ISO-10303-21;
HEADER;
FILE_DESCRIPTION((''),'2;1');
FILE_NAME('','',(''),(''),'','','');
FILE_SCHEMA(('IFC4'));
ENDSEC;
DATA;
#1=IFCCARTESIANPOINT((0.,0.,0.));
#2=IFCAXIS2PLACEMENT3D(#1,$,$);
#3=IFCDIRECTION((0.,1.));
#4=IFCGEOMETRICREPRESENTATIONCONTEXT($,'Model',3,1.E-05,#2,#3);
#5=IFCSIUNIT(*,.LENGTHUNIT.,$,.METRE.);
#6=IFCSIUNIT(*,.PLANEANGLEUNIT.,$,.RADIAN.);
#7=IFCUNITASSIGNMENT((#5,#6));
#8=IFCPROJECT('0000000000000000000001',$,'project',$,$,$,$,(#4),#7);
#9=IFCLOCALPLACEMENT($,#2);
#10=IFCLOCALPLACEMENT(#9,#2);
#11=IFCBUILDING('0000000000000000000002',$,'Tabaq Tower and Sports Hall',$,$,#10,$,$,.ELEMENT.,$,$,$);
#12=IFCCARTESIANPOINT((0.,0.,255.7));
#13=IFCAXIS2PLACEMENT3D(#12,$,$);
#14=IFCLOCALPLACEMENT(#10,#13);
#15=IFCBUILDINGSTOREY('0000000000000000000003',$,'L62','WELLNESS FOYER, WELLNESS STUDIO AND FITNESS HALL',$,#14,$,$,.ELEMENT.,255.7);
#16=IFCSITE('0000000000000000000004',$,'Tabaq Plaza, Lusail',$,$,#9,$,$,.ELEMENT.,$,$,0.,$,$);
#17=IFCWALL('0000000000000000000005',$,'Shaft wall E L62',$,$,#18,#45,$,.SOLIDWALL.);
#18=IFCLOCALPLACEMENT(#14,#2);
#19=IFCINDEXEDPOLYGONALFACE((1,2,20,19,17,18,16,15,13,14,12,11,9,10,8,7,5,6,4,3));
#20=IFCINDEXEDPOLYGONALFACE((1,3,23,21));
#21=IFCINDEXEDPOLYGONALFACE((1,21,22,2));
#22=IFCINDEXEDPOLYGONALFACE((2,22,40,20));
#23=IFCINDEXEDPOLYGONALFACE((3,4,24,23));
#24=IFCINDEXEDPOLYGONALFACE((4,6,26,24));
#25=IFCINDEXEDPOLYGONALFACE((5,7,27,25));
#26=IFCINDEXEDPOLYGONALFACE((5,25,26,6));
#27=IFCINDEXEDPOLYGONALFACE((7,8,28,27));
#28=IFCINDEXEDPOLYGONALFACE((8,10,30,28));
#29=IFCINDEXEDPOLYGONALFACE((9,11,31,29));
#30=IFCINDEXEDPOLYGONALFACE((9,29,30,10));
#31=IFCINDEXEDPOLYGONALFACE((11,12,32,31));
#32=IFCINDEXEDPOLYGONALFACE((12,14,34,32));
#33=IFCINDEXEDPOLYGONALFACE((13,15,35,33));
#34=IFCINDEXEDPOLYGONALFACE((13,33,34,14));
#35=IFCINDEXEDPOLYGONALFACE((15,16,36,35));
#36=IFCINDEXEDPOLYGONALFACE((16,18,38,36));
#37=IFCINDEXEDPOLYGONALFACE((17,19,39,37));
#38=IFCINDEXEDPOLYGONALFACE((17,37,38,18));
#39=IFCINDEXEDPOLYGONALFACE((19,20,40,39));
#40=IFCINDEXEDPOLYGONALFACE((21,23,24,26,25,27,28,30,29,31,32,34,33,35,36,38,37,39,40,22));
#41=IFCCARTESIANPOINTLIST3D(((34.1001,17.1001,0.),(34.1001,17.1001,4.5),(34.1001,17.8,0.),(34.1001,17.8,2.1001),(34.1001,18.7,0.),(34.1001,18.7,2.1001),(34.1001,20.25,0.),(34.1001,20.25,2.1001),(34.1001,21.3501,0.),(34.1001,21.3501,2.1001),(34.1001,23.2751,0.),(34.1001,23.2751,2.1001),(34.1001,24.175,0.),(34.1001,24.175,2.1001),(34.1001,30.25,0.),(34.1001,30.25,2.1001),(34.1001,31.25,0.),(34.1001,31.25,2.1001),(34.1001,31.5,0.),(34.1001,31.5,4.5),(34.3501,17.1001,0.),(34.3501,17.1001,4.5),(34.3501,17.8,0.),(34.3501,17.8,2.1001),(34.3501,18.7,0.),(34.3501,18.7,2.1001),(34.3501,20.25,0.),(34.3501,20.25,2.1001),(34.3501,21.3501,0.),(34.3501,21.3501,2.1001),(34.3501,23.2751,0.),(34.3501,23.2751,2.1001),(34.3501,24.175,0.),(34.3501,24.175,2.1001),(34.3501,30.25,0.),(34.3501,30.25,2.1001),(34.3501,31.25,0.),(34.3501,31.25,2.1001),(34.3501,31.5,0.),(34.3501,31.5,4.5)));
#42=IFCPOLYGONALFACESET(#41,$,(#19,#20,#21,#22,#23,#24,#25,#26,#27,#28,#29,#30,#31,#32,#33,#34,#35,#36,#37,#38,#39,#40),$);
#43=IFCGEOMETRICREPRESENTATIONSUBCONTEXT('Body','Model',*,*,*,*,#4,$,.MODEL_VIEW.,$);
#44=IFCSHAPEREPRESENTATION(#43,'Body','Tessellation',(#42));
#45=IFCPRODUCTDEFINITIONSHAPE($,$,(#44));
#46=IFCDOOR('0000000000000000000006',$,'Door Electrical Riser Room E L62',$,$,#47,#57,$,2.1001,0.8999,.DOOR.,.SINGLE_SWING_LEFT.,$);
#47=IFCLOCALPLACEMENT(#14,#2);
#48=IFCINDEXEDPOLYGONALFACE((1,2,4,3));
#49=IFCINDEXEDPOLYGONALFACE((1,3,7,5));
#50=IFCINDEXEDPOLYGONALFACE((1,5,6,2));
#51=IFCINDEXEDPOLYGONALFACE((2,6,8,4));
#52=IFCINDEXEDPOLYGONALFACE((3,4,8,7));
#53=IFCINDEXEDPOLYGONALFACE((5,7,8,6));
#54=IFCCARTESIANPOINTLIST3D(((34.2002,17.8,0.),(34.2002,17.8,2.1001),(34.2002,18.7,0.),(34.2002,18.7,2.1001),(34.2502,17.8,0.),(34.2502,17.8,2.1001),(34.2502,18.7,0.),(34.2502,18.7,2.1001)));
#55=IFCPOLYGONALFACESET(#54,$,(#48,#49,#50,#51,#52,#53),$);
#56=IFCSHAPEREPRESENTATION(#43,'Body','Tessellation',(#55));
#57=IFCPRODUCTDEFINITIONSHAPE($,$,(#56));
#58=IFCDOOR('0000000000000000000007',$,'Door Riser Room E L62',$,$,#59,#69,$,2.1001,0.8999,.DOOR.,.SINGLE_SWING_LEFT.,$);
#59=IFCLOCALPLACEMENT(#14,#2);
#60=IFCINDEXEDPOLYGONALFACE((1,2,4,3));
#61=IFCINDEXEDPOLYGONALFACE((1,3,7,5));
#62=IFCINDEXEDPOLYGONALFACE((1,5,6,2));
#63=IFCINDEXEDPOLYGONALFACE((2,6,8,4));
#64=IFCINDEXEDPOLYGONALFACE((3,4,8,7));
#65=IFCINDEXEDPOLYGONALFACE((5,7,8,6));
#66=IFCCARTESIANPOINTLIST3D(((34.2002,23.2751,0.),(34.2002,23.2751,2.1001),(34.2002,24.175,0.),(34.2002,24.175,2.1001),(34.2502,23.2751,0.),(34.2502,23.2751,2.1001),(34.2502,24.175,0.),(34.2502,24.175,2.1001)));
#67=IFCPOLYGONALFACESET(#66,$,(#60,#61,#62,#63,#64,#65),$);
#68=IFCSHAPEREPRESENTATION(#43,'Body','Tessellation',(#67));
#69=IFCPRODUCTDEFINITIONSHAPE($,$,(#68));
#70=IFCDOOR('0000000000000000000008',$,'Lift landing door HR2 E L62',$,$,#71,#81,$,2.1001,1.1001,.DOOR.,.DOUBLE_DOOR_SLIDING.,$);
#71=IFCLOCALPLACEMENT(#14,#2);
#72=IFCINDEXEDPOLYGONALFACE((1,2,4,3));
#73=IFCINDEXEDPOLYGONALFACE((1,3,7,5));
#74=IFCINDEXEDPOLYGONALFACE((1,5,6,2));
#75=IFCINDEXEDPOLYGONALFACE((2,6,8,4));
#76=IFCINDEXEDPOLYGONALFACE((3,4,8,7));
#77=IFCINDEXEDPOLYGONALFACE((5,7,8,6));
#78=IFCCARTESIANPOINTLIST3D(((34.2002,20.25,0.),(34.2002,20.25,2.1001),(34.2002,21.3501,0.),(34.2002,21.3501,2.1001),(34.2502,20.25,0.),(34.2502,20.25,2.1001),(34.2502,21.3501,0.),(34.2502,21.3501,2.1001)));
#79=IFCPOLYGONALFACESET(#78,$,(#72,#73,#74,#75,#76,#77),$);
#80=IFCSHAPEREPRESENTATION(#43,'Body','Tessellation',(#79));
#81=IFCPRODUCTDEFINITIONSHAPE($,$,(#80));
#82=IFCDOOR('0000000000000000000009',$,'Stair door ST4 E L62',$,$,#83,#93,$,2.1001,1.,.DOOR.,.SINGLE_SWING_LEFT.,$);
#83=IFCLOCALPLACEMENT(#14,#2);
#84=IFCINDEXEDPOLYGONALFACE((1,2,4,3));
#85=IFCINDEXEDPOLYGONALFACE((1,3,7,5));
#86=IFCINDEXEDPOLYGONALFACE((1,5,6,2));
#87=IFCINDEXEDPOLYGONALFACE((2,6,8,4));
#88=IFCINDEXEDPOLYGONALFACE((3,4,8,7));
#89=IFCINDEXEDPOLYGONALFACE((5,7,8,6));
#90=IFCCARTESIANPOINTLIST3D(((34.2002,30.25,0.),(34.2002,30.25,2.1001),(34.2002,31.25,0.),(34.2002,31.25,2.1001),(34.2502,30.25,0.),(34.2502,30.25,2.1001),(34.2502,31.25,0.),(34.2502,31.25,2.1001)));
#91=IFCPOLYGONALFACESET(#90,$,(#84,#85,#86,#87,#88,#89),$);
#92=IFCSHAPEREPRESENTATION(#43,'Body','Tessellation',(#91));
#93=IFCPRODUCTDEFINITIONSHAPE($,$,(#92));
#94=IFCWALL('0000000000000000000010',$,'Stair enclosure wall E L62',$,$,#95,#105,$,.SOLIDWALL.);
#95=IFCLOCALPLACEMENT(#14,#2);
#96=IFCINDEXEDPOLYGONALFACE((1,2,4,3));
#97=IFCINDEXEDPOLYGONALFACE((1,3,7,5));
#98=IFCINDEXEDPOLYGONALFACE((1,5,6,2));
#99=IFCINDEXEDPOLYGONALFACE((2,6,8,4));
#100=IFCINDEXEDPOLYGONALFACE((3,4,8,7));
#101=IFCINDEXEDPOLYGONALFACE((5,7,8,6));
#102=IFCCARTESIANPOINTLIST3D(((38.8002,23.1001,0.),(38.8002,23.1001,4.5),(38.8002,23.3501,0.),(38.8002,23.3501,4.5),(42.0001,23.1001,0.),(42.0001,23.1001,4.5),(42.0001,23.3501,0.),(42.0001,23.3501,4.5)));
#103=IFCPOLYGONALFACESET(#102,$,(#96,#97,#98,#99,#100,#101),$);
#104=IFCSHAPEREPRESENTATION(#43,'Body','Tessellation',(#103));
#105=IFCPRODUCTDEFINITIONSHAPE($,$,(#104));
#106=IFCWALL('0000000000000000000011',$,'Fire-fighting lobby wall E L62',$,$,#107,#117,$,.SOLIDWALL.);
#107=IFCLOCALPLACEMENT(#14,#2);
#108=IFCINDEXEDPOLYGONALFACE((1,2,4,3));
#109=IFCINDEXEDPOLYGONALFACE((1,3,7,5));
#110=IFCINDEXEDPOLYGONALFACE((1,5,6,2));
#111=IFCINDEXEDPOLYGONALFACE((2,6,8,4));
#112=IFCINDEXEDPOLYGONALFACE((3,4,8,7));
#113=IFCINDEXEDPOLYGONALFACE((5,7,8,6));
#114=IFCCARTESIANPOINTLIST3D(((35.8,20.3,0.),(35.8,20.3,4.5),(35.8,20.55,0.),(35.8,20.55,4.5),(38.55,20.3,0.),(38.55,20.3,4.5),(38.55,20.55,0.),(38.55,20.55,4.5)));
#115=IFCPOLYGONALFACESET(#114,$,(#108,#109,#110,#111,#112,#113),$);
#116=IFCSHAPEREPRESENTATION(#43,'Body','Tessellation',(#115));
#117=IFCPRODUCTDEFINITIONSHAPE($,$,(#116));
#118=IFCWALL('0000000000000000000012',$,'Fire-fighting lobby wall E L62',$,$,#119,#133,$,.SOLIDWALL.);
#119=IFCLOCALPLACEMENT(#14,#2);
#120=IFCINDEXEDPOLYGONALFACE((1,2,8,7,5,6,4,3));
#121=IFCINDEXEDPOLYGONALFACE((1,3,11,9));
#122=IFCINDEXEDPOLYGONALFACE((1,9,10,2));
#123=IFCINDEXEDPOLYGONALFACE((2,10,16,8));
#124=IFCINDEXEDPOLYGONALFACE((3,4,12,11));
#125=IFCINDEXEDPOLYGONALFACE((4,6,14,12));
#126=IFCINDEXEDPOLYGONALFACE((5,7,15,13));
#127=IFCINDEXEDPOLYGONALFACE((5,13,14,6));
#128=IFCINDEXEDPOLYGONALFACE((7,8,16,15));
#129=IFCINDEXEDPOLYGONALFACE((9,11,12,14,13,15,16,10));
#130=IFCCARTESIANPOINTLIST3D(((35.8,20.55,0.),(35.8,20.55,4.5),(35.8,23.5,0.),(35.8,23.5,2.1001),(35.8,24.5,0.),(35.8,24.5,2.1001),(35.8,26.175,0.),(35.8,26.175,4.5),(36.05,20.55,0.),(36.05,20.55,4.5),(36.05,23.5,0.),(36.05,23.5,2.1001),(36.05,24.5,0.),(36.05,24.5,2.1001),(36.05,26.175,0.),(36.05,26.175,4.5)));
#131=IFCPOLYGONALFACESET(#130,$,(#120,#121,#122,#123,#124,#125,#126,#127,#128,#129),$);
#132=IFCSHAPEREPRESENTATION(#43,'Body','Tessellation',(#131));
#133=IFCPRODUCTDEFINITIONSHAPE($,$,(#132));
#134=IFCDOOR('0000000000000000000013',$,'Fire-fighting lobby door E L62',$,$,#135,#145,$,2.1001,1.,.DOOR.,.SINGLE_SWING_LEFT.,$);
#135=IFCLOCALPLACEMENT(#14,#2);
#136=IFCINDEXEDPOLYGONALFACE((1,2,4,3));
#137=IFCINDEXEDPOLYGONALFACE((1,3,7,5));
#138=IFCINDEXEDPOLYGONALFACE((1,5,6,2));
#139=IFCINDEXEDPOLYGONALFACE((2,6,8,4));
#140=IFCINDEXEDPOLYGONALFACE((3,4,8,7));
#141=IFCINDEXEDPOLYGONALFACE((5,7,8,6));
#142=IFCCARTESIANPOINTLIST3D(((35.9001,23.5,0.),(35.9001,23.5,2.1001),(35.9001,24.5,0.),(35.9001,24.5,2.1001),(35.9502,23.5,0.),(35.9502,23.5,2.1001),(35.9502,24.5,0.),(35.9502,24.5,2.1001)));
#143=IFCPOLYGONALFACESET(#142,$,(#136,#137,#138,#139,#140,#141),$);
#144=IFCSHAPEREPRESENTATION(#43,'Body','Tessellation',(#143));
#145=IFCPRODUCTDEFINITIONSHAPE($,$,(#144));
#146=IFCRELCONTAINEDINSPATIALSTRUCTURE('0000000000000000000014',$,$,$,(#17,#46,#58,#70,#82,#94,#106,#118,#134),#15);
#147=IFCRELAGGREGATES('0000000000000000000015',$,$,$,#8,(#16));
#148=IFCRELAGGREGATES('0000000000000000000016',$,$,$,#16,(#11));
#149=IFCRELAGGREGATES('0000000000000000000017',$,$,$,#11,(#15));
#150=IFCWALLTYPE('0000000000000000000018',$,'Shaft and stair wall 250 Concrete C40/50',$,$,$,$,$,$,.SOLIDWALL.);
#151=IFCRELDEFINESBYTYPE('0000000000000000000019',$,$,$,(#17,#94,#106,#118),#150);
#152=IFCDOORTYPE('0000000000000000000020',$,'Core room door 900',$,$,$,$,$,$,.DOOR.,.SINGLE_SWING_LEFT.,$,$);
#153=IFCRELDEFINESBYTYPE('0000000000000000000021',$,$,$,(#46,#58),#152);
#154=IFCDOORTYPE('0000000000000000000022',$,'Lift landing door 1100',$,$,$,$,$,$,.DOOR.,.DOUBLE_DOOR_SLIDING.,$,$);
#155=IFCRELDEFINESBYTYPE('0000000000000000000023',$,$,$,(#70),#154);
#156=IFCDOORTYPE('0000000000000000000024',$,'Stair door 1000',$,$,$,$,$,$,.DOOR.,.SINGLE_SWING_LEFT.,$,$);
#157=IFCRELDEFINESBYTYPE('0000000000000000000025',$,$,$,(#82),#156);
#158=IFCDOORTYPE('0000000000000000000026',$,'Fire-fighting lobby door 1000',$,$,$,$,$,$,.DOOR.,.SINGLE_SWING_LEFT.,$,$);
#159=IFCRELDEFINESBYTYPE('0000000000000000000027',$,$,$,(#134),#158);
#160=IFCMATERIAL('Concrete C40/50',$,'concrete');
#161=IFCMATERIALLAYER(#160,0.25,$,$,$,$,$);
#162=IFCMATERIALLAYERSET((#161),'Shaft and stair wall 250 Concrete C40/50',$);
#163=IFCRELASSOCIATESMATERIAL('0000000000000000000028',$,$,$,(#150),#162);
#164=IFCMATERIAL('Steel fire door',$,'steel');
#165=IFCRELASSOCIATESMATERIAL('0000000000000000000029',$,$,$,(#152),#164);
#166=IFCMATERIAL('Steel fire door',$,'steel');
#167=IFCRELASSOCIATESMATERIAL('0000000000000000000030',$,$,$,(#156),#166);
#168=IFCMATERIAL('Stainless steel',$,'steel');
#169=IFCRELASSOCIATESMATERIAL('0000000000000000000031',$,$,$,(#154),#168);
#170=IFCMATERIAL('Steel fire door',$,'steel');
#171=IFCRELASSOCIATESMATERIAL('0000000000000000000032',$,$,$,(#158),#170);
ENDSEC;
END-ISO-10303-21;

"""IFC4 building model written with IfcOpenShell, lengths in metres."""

from ifc_helpers import new_model, si_unit, direction, frame, frame_2d, origin, place, context, subcontext, project, spatial, rectangle, extrude, material, layer, layer_set, type_object, element, fill, save


model = new_model("IFC4")

# Units and contexts
model_context = context("Model", 3, precision=1e-05, world=origin(), true_north=direction((0.0, 1.0)))
body_context = subcontext(model_context, "Body", "Model", "MODEL_VIEW")
ifc_project = project(units=[si_unit("LENGTHUNIT", "METRE"), si_unit("PLANEANGLEUNIT", "RADIAN")], contexts=[model_context])

# Site, building, storey
site_placement = place(None, origin())
site = spatial("IfcSite", under=ifc_project, at=site_placement, Name="Tabaq Plaza, Lusail", CompositionType="ELEMENT", RefElevation=0.0)
building_placement = place(site_placement, origin())
building = spatial("IfcBuilding", under=site, at=building_placement, Name="Tabaq Tower and Sports Hall", CompositionType="ELEMENT")
storey_placement = place(building_placement, frame((0.0, 0.0, 255.7)))
storey = spatial("IfcBuildingStorey", under=building, at=storey_placement, Name="L62", Description="WELLNESS FOYER, WELLNESS STUDIO AND FITNESS HALL", CompositionType="ELEMENT", Elevation=255.7)

# Wall, openings, doors
ifc_material_1 = material(Name="Concrete C40/50", Category="concrete")
ifc_layer_1 = layer(ifc_material_1, 0.25)
ifc_layer_set_1 = layer_set([ifc_layer_1], Name="Shaft and stair wall 250 Concrete C40/50")
wall_type_1 = type_object("IfcWallType", Name="Shaft and stair wall 250 Concrete C40/50", PredefinedType="SOLIDWALL", material=ifc_layer_set_1)
ifc_material_2 = material(Name="Steel fire door", Category="steel")
door_type_1 = type_object("IfcDoorType", Name="Core room door 900", OperationType="SINGLE_SWING_LEFT", PredefinedType="DOOR", material=ifc_material_2)
ifc_material_3 = material(Name="Steel fire door", Category="steel")
door_type_2 = type_object("IfcDoorType", Name="Stair door 1000", OperationType="SINGLE_SWING_LEFT", PredefinedType="DOOR", material=ifc_material_3)
wall_1_placement = place(storey_placement, frame((34.2251, 17.1001, 0.0), z_axis=(0.0, 0.0, 1.0), x_axis=(0.0, 1.0, 0.0)))
wall_1 = element("IfcWall", 1, at=wall_1_placement, inside=storey, type_object=wall_type_1, Name="Shaft wall E L62", PredefinedType="SOLIDWALL", context=body_context, shape_type="SweptSolid", body=[
    extrude(rectangle(XDim=14.3999, YDim=0.25, at=frame_2d((7.2, 0.0))), origin(), (0.0, 0.0, 1.0), 4.5),
])
opening_1_placement = place(wall_1_placement, frame((13.1499, 0.0, 0.0)))
opening_1 = element("IfcOpeningElement", 2, at=opening_1_placement, cuts=wall_1, PredefinedType="OPENING", context=body_context, shape_type="SweptSolid", body=[
    extrude(rectangle(XDim=1.0, YDim=2.1001, at=frame_2d((0.5, 1.05))), frame((0.0, 0.125, 0.0), z_axis=(0.0, -1.0, 0.0), x_axis=(1.0, 0.0, 0.0)), (0.0, 0.0, 1.0), 0.25),
])
opening_2_placement = place(wall_1_placement, frame((3.1499, 0.0, 0.0)))
opening_2 = element("IfcOpeningElement", 3, at=opening_2_placement, cuts=wall_1, PredefinedType="OPENING", context=body_context, shape_type="SweptSolid", body=[
    extrude(rectangle(XDim=1.1001, YDim=2.1001, at=frame_2d((0.55, 1.05))), frame((0.0, 0.125, 0.0), z_axis=(0.0, -1.0, 0.0), x_axis=(1.0, 0.0, 0.0)), (0.0, 0.0, 1.0), 0.25),
])
opening_3_placement = place(wall_1_placement, frame((0.7, 0.0, 0.0)))
opening_3 = element("IfcOpeningElement", 4, at=opening_3_placement, cuts=wall_1, PredefinedType="OPENING", context=body_context, shape_type="SweptSolid", body=[
    extrude(rectangle(XDim=0.8999, YDim=2.1001, at=frame_2d((0.45, 1.05))), frame((0.0, 0.125, 0.0), z_axis=(0.0, -1.0, 0.0), x_axis=(1.0, 0.0, 0.0)), (0.0, 0.0, 1.0), 0.25),
])
opening_4_placement = place(wall_1_placement, frame((6.175, 0.0, 0.0)))
opening_4 = element("IfcOpeningElement", 5, at=opening_4_placement, cuts=wall_1, PredefinedType="OPENING", context=body_context, shape_type="SweptSolid", body=[
    extrude(rectangle(XDim=0.8999, YDim=2.1001, at=frame_2d((0.45, 1.05))), frame((0.0, 0.125, 0.0), z_axis=(0.0, -1.0, 0.0), x_axis=(1.0, 0.0, 0.0)), (0.0, 0.0, 1.0), 0.25),
])
door_1_placement = place(opening_3_placement, origin())
door_1 = element("IfcDoor", 6, at=door_1_placement, inside=storey, type_object=door_type_1, Name="Door Electrical Riser Room E L62", OperationType="SINGLE_SWING_LEFT", OverallHeight=2.1001, OverallWidth=0.8999, PredefinedType="DOOR", context=body_context, shape_type="SweptSolid", body=[
    extrude(rectangle(XDim=0.8999, YDim=2.1001, at=frame_2d((0.45, 1.05))), frame((0.0, 0.0249, 0.0), z_axis=(0.0, -1.0, 0.0), x_axis=(1.0, 0.0, 0.0)), (0.0, 0.0, 1.0), 0.05),
])
fill(opening_3, door_1)
door_2_placement = place(opening_4_placement, origin())
door_2 = element("IfcDoor", 7, at=door_2_placement, inside=storey, type_object=door_type_1, Name="Door Riser Room E L62", OperationType="SINGLE_SWING_LEFT", OverallHeight=2.1001, OverallWidth=0.8999, PredefinedType="DOOR", context=body_context, shape_type="SweptSolid", body=[
    extrude(rectangle(XDim=0.8999, YDim=2.1001, at=frame_2d((0.45, 1.05))), frame((0.0, 0.0249, 0.0), z_axis=(0.0, -1.0, 0.0), x_axis=(1.0, 0.0, 0.0)), (0.0, 0.0, 1.0), 0.05),
])
fill(opening_4, door_2)
ifc_material_4 = material(Name="Stainless steel", Category="steel")
door_type_3 = type_object("IfcDoorType", Name="Lift landing door 1100", OperationType="DOUBLE_DOOR_SLIDING", PredefinedType="DOOR", material=ifc_material_4)
door_3_placement = place(opening_2_placement, origin())
door_3 = element("IfcDoor", 8, at=door_3_placement, inside=storey, type_object=door_type_3, Name="Lift landing door HR2 E L62", OperationType="DOUBLE_DOOR_SLIDING", OverallHeight=2.1001, OverallWidth=1.1001, PredefinedType="DOOR", context=body_context, shape_type="SweptSolid", body=[
    extrude(rectangle(XDim=1.1001, YDim=2.1001, at=frame_2d((0.55, 1.05))), frame((0.0, 0.0249, 0.0), z_axis=(0.0, -1.0, 0.0), x_axis=(1.0, 0.0, 0.0)), (0.0, 0.0, 1.0), 0.05),
])
fill(opening_2, door_3)
door_4_placement = place(opening_1_placement, origin())
door_4 = element("IfcDoor", 9, at=door_4_placement, inside=storey, type_object=door_type_2, Name="Stair door ST4 E L62", OperationType="SINGLE_SWING_LEFT", OverallHeight=2.1001, OverallWidth=1.0, PredefinedType="DOOR", context=body_context, shape_type="SweptSolid", body=[
    extrude(rectangle(XDim=1.0, YDim=2.1001, at=frame_2d((0.5, 1.05))), frame((0.0, 0.0249, 0.0), z_axis=(0.0, -1.0, 0.0), x_axis=(1.0, 0.0, 0.0)), (0.0, 0.0, 1.0), 0.05),
])
fill(opening_1, door_4)

# Walls
wall_2_placement = place(storey_placement, frame((38.8, 23.2251, 0.0), z_axis=(0.0, 0.0, 1.0), x_axis=(1.0, 0.0, 0.0)))
element("IfcWall", 10, at=wall_2_placement, inside=storey, type_object=wall_type_1, Name="Stair enclosure wall E L62", PredefinedType="SOLIDWALL", context=body_context, shape_type="SweptSolid", body=[
    extrude(rectangle(XDim=3.2, YDim=0.25, at=frame_2d((1.6001, 0.0))), origin(), (0.0, 0.0, 1.0), 4.5),
])
wall_3_placement = place(storey_placement, frame((35.8, 20.425, 0.0), z_axis=(0.0, 0.0, 1.0), x_axis=(1.0, 0.0, 0.0)))
element("IfcWall", 11, at=wall_3_placement, inside=storey, type_object=wall_type_1, Name="Fire-fighting lobby wall E L62", PredefinedType="SOLIDWALL", context=body_context, shape_type="SweptSolid", body=[
    extrude(rectangle(XDim=2.75, YDim=0.25, at=frame_2d((1.375, 0.0))), origin(), (0.0, 0.0, 1.0), 4.5),
])

# Wall, opening, door
wall_4_placement = place(storey_placement, frame((35.925, 20.55, 0.0), z_axis=(0.0, 0.0, 1.0), x_axis=(0.0, 1.0, 0.0)))
wall_4 = element("IfcWall", 12, at=wall_4_placement, inside=storey, type_object=wall_type_1, Name="Fire-fighting lobby wall E L62", PredefinedType="SOLIDWALL", context=body_context, shape_type="SweptSolid", body=[
    extrude(rectangle(XDim=5.625, YDim=0.25, at=frame_2d((2.8125, 0.0))), origin(), (0.0, 0.0, 1.0), 4.5),
])
opening_5_placement = place(wall_4_placement, frame((2.95, 0.0, 0.0)))
opening_5 = element("IfcOpeningElement", 13, at=opening_5_placement, cuts=wall_4, PredefinedType="OPENING", context=body_context, shape_type="SweptSolid", body=[
    extrude(rectangle(XDim=1.0, YDim=2.1001, at=frame_2d((0.5, 1.05))), frame((0.0, 0.125, 0.0), z_axis=(0.0, -1.0, 0.0), x_axis=(1.0, 0.0, 0.0)), (0.0, 0.0, 1.0), 0.25),
])
ifc_material_5 = material(Name="Steel fire door", Category="steel")
door_type_4 = type_object("IfcDoorType", Name="Fire-fighting lobby door 1000", OperationType="SINGLE_SWING_LEFT", PredefinedType="DOOR", material=ifc_material_5)
door_5_placement = place(opening_5_placement, origin())
door_5 = element("IfcDoor", 14, at=door_5_placement, inside=storey, type_object=door_type_4, Name="Fire-fighting lobby door E L62", OperationType="SINGLE_SWING_LEFT", OverallHeight=2.1001, OverallWidth=1.0, PredefinedType="DOOR", context=body_context, shape_type="SweptSolid", body=[
    extrude(rectangle(XDim=1.0, YDim=2.1001, at=frame_2d((0.5, 1.05))), frame((0.0, 0.0249, 0.0), z_axis=(0.0, -1.0, 0.0), x_axis=(1.0, 0.0, 0.0)), (0.0, 0.0, 1.0), 0.05),
])
fill(opening_5, door_5)

save(model, "model.ifc")
